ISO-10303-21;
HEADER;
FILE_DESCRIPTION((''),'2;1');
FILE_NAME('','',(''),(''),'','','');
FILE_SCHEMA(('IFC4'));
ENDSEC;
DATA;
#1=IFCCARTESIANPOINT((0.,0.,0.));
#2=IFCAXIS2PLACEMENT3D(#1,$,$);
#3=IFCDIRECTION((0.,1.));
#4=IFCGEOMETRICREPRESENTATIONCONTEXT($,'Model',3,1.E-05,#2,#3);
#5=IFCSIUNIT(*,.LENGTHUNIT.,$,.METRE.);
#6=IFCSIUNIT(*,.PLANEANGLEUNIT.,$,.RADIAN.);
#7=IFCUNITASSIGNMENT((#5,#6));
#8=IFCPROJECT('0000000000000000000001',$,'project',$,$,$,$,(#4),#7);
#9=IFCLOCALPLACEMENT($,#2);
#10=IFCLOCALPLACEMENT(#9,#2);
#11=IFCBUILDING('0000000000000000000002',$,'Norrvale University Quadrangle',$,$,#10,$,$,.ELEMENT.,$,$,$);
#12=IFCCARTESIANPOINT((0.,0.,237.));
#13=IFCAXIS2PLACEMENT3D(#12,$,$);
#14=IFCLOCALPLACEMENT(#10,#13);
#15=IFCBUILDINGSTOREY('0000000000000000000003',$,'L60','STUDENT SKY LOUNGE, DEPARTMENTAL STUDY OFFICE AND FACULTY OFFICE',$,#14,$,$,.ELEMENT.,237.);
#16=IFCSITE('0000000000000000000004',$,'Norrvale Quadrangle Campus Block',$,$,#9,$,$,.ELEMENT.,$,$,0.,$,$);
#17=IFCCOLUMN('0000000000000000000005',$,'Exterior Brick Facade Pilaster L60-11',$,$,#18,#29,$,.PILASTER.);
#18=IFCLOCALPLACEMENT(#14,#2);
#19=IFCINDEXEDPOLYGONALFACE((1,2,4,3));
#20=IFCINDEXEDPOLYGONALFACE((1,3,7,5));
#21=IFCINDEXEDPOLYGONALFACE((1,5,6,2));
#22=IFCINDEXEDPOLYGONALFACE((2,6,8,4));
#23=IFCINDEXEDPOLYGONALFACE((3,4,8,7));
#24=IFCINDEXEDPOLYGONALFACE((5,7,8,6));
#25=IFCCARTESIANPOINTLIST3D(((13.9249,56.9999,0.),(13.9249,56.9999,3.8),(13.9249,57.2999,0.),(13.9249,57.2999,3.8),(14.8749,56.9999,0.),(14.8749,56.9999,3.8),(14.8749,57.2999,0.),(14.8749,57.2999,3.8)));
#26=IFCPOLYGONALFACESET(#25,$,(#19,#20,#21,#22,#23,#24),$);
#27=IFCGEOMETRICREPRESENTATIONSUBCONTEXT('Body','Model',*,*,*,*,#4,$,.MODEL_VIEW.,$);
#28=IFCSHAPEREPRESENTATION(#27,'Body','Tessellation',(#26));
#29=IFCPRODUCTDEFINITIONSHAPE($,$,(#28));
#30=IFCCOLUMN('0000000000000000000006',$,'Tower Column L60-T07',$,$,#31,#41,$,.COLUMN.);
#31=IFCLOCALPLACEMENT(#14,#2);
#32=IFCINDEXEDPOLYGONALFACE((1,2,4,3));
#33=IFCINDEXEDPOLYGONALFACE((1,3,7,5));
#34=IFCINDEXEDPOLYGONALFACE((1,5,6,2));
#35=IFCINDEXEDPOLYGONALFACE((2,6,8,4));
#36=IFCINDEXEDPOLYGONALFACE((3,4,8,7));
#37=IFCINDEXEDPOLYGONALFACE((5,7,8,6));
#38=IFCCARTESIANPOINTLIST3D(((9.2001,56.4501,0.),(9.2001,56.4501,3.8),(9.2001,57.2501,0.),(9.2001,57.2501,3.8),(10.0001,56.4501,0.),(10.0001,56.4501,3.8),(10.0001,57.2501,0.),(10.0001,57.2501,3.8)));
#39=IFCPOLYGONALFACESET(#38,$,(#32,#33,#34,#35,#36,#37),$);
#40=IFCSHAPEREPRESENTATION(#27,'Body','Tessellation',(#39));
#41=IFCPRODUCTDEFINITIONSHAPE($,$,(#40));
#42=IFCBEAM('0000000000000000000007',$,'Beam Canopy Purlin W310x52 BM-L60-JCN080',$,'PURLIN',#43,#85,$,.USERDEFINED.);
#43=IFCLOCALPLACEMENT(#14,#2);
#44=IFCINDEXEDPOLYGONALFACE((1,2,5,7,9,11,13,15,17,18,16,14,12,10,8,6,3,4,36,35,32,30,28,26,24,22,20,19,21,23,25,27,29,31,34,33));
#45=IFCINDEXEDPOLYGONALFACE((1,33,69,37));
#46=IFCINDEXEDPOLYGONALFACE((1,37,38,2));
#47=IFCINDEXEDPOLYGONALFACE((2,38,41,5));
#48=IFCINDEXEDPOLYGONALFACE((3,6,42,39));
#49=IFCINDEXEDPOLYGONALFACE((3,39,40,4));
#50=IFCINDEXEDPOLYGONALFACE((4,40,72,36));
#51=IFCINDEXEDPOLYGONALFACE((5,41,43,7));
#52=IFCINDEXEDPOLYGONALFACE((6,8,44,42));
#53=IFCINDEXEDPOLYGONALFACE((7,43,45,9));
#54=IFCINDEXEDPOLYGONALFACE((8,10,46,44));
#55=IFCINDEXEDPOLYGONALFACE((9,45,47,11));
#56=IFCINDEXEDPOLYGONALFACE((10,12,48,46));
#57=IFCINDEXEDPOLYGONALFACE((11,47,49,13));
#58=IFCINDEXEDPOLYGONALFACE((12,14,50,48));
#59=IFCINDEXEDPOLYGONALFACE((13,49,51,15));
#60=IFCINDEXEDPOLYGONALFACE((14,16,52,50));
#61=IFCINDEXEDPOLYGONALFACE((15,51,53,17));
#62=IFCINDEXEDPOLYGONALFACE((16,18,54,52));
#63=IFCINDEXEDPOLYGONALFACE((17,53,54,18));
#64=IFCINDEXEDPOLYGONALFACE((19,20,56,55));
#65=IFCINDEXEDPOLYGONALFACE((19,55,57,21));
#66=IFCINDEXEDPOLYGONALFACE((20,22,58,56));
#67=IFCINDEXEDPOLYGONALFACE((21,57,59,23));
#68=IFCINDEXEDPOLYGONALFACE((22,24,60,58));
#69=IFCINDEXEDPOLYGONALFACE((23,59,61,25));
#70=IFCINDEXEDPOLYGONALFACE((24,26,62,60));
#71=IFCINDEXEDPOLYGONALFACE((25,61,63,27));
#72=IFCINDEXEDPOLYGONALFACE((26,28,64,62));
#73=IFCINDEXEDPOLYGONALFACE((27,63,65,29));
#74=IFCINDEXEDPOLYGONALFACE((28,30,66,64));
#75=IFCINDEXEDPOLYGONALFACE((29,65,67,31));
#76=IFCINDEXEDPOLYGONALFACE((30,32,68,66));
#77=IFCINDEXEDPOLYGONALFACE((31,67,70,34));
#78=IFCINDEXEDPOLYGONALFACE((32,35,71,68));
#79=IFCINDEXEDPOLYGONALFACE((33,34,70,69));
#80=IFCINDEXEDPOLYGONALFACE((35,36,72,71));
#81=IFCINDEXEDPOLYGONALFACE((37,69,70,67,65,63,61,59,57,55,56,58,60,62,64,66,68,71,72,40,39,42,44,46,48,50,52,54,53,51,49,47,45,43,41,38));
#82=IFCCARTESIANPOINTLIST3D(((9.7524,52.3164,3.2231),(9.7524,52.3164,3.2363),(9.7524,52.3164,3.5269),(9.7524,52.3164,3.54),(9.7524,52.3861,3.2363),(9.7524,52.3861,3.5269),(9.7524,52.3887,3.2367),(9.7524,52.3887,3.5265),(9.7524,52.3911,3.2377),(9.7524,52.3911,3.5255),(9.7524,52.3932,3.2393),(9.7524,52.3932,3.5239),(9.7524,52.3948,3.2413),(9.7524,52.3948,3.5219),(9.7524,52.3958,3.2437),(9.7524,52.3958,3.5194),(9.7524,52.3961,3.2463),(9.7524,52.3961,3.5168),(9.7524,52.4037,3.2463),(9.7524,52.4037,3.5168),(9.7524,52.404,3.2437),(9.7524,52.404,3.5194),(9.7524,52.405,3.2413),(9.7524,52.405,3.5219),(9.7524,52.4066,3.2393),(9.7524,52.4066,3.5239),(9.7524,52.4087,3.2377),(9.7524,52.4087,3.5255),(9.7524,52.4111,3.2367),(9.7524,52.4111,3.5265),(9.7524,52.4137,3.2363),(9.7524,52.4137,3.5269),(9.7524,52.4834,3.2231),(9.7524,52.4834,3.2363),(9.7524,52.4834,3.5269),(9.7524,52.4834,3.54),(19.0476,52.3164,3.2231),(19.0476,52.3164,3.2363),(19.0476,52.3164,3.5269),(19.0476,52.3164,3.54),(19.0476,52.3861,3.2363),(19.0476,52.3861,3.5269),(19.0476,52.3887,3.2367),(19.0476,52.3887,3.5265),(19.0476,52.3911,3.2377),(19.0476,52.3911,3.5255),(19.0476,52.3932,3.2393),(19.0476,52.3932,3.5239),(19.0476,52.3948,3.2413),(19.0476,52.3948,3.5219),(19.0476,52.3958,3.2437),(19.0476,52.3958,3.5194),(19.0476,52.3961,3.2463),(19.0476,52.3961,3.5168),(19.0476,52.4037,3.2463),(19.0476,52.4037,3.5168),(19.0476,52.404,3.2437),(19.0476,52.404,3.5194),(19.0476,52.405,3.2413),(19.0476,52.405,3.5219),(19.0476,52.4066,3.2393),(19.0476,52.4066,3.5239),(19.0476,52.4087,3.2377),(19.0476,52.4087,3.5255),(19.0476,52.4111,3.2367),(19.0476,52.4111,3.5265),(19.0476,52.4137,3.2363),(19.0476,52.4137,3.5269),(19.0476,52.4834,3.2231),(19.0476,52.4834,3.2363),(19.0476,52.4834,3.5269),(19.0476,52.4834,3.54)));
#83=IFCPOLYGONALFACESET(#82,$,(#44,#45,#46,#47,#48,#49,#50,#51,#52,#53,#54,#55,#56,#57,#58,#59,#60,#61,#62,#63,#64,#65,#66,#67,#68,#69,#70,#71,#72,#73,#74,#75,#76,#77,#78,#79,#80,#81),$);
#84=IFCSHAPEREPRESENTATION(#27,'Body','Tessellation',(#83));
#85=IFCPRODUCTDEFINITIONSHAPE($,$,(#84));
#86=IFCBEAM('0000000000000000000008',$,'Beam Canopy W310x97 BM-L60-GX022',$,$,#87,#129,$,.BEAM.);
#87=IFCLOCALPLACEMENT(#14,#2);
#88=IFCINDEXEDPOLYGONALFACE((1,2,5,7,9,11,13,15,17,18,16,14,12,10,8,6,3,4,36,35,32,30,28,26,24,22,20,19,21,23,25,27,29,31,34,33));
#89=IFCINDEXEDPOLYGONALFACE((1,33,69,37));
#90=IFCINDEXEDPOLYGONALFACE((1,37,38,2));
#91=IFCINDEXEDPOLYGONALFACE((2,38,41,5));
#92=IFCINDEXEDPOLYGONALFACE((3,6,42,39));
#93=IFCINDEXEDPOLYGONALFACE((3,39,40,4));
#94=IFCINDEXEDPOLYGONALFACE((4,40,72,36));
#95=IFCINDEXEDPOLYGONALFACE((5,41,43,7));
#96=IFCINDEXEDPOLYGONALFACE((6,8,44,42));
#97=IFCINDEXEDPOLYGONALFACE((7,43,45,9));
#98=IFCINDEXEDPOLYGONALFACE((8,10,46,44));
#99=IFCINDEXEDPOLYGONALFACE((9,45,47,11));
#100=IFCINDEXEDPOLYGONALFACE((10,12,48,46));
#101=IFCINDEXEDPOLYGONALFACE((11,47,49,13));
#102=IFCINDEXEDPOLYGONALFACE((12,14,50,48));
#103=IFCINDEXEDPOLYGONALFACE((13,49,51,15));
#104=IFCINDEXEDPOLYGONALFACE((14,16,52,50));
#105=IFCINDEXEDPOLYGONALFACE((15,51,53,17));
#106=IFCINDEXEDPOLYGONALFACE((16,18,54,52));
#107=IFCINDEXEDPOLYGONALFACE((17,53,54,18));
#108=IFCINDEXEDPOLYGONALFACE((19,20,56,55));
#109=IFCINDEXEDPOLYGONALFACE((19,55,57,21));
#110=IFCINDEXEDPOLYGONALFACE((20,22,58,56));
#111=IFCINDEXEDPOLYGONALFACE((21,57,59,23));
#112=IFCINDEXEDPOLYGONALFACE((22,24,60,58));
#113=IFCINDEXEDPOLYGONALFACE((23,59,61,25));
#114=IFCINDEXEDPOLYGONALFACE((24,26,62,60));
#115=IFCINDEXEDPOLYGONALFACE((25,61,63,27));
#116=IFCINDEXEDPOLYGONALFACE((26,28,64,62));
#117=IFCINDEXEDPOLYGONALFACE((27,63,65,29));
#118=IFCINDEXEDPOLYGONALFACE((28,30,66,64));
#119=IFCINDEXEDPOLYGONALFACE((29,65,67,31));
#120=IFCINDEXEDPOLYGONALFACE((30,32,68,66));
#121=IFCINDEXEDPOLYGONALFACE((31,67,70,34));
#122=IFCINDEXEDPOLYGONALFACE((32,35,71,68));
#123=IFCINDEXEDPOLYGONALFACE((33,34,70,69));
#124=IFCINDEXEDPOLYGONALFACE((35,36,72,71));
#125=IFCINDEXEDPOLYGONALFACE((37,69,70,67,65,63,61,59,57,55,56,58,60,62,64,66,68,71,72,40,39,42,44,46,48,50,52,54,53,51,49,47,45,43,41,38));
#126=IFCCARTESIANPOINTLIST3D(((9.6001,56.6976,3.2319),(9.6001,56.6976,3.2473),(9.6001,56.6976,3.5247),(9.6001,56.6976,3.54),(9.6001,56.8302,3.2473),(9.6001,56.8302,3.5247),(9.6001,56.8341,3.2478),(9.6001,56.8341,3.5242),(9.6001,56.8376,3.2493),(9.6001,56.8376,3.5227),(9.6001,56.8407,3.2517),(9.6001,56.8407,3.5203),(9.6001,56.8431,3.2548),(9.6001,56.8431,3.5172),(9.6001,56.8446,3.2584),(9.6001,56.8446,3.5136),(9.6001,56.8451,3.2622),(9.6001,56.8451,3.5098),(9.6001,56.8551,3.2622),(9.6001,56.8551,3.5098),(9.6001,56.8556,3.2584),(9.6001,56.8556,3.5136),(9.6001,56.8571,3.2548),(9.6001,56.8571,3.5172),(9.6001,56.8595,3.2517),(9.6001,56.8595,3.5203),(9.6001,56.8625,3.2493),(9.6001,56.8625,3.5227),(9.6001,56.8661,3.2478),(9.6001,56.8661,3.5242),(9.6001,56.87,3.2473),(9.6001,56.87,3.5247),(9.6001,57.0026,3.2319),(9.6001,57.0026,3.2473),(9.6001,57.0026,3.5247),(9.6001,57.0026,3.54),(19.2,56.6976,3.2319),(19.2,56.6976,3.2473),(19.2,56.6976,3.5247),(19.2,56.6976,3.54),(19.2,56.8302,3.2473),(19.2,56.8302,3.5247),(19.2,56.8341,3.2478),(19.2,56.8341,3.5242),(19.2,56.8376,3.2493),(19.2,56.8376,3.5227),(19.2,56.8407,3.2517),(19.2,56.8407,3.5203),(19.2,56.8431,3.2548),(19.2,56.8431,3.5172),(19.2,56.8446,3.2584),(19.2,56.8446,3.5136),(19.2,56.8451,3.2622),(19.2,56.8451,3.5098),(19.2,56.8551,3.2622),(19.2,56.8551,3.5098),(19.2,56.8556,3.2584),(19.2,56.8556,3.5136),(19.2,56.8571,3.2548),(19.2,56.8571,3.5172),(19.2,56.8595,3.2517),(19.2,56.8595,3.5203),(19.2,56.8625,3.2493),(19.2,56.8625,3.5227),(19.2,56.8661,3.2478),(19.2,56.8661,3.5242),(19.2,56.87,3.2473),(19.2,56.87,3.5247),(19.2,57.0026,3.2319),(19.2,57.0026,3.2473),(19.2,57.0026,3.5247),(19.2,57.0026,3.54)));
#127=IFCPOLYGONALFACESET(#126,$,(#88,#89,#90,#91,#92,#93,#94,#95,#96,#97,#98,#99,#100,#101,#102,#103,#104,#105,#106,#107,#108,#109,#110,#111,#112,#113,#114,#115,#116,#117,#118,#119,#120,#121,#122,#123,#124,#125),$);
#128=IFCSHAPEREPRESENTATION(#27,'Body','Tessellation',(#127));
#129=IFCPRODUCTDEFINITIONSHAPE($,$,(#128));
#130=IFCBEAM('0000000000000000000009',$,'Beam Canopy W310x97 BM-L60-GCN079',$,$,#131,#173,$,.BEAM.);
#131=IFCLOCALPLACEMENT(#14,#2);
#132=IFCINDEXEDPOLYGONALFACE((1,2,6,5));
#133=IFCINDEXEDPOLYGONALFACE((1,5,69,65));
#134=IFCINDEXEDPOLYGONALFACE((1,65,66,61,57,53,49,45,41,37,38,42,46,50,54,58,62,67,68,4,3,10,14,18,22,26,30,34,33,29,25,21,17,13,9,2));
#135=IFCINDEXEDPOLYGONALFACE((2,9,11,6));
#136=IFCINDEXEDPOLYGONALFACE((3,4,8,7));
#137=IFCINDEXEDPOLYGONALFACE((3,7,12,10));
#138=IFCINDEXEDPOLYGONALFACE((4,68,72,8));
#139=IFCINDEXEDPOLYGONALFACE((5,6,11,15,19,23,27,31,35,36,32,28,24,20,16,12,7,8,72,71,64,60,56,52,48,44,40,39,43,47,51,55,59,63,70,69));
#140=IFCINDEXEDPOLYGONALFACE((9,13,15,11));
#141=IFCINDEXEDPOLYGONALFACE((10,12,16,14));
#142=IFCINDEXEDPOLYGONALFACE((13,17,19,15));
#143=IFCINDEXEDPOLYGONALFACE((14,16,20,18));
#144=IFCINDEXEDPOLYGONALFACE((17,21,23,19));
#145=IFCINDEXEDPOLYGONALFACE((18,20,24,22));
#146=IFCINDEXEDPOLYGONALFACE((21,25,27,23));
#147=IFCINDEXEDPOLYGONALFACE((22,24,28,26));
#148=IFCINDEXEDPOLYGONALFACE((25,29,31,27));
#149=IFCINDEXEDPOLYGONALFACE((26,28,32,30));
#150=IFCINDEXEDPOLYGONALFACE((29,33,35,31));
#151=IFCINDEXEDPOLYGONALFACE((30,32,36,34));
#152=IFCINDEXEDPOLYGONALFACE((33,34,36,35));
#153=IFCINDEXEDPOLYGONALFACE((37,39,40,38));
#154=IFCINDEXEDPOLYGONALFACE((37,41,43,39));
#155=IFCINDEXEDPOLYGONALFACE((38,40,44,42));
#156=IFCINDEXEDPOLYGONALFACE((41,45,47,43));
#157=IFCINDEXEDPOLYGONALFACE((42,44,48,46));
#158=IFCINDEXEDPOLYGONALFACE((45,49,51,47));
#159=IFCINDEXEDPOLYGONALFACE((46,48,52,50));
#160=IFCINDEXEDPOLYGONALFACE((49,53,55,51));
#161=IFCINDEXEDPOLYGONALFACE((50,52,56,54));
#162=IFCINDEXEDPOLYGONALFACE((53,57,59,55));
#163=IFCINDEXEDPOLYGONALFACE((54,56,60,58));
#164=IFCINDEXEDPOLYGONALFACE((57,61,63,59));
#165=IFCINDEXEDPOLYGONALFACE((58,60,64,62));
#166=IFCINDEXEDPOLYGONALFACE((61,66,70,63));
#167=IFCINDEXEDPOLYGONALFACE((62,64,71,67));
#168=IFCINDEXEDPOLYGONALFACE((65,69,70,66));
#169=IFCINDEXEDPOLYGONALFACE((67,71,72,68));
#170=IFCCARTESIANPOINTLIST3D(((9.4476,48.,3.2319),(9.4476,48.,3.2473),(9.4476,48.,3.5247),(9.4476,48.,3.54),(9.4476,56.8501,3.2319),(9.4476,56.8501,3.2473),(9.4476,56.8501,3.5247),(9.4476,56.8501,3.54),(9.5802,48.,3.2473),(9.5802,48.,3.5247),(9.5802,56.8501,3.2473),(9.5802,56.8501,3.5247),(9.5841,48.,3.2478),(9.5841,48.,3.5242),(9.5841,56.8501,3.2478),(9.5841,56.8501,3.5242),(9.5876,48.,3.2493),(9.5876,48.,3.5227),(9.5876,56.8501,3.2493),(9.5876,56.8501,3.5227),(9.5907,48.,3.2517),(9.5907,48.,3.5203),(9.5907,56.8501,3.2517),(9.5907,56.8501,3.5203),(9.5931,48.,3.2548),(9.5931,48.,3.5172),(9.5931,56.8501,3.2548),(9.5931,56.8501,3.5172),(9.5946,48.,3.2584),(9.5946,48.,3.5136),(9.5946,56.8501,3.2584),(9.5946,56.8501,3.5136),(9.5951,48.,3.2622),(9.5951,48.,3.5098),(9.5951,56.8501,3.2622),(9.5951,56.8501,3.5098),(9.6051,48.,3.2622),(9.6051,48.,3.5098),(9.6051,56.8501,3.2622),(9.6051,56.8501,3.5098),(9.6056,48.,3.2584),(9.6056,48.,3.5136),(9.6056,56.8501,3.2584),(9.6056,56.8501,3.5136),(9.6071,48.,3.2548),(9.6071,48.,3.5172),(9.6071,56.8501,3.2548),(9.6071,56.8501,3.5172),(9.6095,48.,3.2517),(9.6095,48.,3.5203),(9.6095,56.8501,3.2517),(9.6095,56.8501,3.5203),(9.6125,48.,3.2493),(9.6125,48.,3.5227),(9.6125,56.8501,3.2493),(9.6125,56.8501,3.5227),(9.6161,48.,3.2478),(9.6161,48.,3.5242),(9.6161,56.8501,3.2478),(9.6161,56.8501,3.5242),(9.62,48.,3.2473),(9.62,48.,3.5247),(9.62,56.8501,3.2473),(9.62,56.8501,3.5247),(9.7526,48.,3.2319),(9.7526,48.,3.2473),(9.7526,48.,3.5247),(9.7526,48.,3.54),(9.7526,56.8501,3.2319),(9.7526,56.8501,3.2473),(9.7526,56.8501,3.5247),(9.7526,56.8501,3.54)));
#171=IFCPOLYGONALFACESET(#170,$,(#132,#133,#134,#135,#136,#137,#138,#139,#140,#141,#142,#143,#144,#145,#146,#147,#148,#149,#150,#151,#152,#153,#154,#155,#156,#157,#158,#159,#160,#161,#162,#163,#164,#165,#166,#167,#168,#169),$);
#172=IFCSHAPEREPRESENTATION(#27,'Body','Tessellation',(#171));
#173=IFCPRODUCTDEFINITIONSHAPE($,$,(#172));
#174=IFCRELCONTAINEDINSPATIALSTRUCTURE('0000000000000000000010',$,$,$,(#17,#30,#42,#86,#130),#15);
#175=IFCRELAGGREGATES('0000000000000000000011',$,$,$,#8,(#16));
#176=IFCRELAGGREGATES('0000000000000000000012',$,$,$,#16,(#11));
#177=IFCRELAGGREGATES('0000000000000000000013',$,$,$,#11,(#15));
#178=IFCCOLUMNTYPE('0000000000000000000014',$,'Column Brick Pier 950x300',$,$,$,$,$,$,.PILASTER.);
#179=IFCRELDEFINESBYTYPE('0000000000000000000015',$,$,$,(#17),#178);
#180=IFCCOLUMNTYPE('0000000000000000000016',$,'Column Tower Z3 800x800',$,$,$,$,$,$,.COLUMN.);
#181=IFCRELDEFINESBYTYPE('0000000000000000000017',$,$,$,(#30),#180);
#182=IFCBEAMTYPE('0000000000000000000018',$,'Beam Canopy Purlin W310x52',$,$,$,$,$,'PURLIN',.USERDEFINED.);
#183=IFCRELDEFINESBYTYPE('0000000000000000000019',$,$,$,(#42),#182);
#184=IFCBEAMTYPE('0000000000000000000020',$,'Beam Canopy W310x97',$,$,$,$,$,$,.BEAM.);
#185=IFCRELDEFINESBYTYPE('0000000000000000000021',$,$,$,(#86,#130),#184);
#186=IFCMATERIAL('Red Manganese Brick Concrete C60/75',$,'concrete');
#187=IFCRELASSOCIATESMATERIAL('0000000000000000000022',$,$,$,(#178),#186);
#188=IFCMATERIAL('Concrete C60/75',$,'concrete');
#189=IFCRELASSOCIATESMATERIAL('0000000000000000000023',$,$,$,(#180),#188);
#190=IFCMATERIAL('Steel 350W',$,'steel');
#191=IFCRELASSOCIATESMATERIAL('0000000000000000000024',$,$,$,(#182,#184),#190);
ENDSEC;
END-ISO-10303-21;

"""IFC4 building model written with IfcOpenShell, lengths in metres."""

from ifc_helpers import new_model, si_unit, direction, frame, origin, origin_2d, place, context, subcontext, project, spatial, rectangle, i_section, extrude, material, material_profile, profile_set, type_object, element, save


model = new_model("IFC4")

# Units and contexts
model_context = context("Model", 3, precision=1e-05, world=origin(), true_north=direction((0.0, 1.0)))
body_context = subcontext(model_context, "Body", "Model", "MODEL_VIEW")
ifc_project = project(units=[si_unit("LENGTHUNIT", "METRE"), si_unit("PLANEANGLEUNIT", "RADIAN")], contexts=[model_context])

# Site, building, storey
site_placement = place(None, origin())
site = spatial("IfcSite", under=ifc_project, at=site_placement, Name="Norrvale Quadrangle Campus Block", CompositionType="ELEMENT", RefElevation=0.0)
building_placement = place(site_placement, origin())
building = spatial("IfcBuilding", under=site, at=building_placement, Name="Norrvale University Quadrangle", CompositionType="ELEMENT")
storey_placement = place(building_placement, frame((0.0, 0.0, 237.0)))
storey = spatial("IfcBuildingStorey", under=building, at=storey_placement, Name="L60", Description="STUDENT SKY LOUNGE, DEPARTMENTAL STUDY OFFICE AND FACULTY OFFICE", CompositionType="ELEMENT", Elevation=237.0)

# Columns
ifc_material_1 = material(Name="Red Manganese Brick Concrete C60/75", Category="concrete")
ifc_material_profile_1 = material_profile(ifc_material_1, rectangle(XDim=0.95, YDim=0.3, at=origin_2d()), Name="Red Manganese Brick Concrete C60/75")
ifc_profile_set_1 = profile_set([ifc_material_profile_1], Name="Red Manganese Brick Concrete C60/75")
column_type_1 = type_object("IfcColumnType", Name="Column Brick Pier 950x300", PredefinedType="PILASTER", material=ifc_profile_set_1)
column_1_placement = place(storey_placement, frame((14.3999, 57.1499, 0.0), z_axis=(0.0, 0.0, 1.0), x_axis=(1.0, 0.0, 0.0)))
element("IfcColumn", 1, at=column_1_placement, inside=storey, type_object=column_type_1, Name="Exterior Brick Facade Pilaster L60-11", PredefinedType="PILASTER", context=body_context, shape_type="SweptSolid", body=[
    extrude(rectangle(XDim=0.95, YDim=0.3, at=origin_2d()), origin(), (0.0, 0.0, 1.0), 3.8),
])
ifc_material_2 = material(Name="Concrete C60/75", Category="concrete")
ifc_material_profile_2 = material_profile(ifc_material_2, rectangle(XDim=0.8, YDim=0.8, at=origin_2d()), Name="Concrete C60/75")
ifc_profile_set_2 = profile_set([ifc_material_profile_2], Name="Concrete C60/75")
column_type_2 = type_object("IfcColumnType", Name="Column Tower Z3 800x800", PredefinedType="COLUMN", material=ifc_profile_set_2)
column_2_placement = place(storey_placement, frame((9.6001, 56.8501, 0.0), z_axis=(0.0, 0.0, 1.0), x_axis=(1.0, 0.0, 0.0)))
element("IfcColumn", 2, at=column_2_placement, inside=storey, type_object=column_type_2, Name="Tower Column L60-T07", PredefinedType="COLUMN", context=body_context, shape_type="SweptSolid", body=[
    extrude(rectangle(XDim=0.8, YDim=0.8, at=origin_2d()), origin(), (0.0, 0.0, 1.0), 3.8),
])

# Beams
ifc_material_3 = material(Name="Steel 350W", Category="steel")
ifc_material_profile_3 = material_profile(ifc_material_3, i_section(OverallWidth=0.167, OverallDepth=0.3169, WebThickness=0.0076, FlangeThickness=0.0132, FilletRadius=0.01, at=origin_2d()), Name="Steel 350W")
ifc_profile_set_3 = profile_set([ifc_material_profile_3], Name="Steel 350W")
beam_type_1 = type_object("IfcBeamType", Name="Beam Canopy Purlin W310x52", ElementType="PURLIN", PredefinedType="USERDEFINED", material=ifc_profile_set_3)
beam_1_placement = place(storey_placement, frame((9.7524, 52.3999, 3.3816), z_axis=(1.0, 0.0, 0.0), x_axis=(0.0, 1.0, 0.0)))
element("IfcBeam", 3, at=beam_1_placement, inside=storey, type_object=beam_type_1, Name="Beam Canopy Purlin W310x52 BM-L60-JCN080", ObjectType="PURLIN", PredefinedType="USERDEFINED", context=body_context, shape_type="SweptSolid", body=[
    extrude(i_section(OverallWidth=0.167, OverallDepth=0.3169, WebThickness=0.0076, FlangeThickness=0.0132, FilletRadius=0.01, at=origin_2d()), origin(), (0.0, 0.0, 1.0), 9.2952),
])
ifc_material_profile_4 = material_profile(ifc_material_3, i_section(OverallWidth=0.3049, OverallDepth=0.3081, WebThickness=0.01, FlangeThickness=0.0154, FilletRadius=0.0149, at=origin_2d()), Name="Steel 350W")
ifc_profile_set_4 = profile_set([ifc_material_profile_4], Name="Steel 350W")
beam_type_2 = type_object("IfcBeamType", Name="Beam Canopy W310x97", PredefinedType="BEAM", material=ifc_profile_set_4)
beam_2_placement = place(storey_placement, frame((9.6001, 56.8501, 3.386), z_axis=(1.0, 0.0, 0.0), x_axis=(0.0, 1.0, 0.0)))
element("IfcBeam", 4, at=beam_2_placement, inside=storey, type_object=beam_type_2, Name="Beam Canopy W310x97 BM-L60-GX022", PredefinedType="BEAM", context=body_context, shape_type="SweptSolid", body=[
    extrude(i_section(OverallWidth=0.3049, OverallDepth=0.3081, WebThickness=0.01, FlangeThickness=0.0154, FilletRadius=0.0149, at=origin_2d()), origin(), (0.0, 0.0, 1.0), 9.5999),
])
beam_3_placement = place(storey_placement, frame((9.6001, 48.0, 3.386), z_axis=(0.0, 1.0, 0.0), x_axis=(-1.0, 0.0, 0.0)))
element("IfcBeam", 5, at=beam_3_placement, inside=storey, type_object=beam_type_2, Name="Beam Canopy W310x97 BM-L60-GCN079", PredefinedType="BEAM", context=body_context, shape_type="SweptSolid", body=[
    extrude(i_section(OverallWidth=0.3049, OverallDepth=0.3081, WebThickness=0.01, FlangeThickness=0.0154, FilletRadius=0.0149, at=origin_2d()), origin(), (0.0, 0.0, 1.0), 8.8501),
])

save(model, "model.ifc")
